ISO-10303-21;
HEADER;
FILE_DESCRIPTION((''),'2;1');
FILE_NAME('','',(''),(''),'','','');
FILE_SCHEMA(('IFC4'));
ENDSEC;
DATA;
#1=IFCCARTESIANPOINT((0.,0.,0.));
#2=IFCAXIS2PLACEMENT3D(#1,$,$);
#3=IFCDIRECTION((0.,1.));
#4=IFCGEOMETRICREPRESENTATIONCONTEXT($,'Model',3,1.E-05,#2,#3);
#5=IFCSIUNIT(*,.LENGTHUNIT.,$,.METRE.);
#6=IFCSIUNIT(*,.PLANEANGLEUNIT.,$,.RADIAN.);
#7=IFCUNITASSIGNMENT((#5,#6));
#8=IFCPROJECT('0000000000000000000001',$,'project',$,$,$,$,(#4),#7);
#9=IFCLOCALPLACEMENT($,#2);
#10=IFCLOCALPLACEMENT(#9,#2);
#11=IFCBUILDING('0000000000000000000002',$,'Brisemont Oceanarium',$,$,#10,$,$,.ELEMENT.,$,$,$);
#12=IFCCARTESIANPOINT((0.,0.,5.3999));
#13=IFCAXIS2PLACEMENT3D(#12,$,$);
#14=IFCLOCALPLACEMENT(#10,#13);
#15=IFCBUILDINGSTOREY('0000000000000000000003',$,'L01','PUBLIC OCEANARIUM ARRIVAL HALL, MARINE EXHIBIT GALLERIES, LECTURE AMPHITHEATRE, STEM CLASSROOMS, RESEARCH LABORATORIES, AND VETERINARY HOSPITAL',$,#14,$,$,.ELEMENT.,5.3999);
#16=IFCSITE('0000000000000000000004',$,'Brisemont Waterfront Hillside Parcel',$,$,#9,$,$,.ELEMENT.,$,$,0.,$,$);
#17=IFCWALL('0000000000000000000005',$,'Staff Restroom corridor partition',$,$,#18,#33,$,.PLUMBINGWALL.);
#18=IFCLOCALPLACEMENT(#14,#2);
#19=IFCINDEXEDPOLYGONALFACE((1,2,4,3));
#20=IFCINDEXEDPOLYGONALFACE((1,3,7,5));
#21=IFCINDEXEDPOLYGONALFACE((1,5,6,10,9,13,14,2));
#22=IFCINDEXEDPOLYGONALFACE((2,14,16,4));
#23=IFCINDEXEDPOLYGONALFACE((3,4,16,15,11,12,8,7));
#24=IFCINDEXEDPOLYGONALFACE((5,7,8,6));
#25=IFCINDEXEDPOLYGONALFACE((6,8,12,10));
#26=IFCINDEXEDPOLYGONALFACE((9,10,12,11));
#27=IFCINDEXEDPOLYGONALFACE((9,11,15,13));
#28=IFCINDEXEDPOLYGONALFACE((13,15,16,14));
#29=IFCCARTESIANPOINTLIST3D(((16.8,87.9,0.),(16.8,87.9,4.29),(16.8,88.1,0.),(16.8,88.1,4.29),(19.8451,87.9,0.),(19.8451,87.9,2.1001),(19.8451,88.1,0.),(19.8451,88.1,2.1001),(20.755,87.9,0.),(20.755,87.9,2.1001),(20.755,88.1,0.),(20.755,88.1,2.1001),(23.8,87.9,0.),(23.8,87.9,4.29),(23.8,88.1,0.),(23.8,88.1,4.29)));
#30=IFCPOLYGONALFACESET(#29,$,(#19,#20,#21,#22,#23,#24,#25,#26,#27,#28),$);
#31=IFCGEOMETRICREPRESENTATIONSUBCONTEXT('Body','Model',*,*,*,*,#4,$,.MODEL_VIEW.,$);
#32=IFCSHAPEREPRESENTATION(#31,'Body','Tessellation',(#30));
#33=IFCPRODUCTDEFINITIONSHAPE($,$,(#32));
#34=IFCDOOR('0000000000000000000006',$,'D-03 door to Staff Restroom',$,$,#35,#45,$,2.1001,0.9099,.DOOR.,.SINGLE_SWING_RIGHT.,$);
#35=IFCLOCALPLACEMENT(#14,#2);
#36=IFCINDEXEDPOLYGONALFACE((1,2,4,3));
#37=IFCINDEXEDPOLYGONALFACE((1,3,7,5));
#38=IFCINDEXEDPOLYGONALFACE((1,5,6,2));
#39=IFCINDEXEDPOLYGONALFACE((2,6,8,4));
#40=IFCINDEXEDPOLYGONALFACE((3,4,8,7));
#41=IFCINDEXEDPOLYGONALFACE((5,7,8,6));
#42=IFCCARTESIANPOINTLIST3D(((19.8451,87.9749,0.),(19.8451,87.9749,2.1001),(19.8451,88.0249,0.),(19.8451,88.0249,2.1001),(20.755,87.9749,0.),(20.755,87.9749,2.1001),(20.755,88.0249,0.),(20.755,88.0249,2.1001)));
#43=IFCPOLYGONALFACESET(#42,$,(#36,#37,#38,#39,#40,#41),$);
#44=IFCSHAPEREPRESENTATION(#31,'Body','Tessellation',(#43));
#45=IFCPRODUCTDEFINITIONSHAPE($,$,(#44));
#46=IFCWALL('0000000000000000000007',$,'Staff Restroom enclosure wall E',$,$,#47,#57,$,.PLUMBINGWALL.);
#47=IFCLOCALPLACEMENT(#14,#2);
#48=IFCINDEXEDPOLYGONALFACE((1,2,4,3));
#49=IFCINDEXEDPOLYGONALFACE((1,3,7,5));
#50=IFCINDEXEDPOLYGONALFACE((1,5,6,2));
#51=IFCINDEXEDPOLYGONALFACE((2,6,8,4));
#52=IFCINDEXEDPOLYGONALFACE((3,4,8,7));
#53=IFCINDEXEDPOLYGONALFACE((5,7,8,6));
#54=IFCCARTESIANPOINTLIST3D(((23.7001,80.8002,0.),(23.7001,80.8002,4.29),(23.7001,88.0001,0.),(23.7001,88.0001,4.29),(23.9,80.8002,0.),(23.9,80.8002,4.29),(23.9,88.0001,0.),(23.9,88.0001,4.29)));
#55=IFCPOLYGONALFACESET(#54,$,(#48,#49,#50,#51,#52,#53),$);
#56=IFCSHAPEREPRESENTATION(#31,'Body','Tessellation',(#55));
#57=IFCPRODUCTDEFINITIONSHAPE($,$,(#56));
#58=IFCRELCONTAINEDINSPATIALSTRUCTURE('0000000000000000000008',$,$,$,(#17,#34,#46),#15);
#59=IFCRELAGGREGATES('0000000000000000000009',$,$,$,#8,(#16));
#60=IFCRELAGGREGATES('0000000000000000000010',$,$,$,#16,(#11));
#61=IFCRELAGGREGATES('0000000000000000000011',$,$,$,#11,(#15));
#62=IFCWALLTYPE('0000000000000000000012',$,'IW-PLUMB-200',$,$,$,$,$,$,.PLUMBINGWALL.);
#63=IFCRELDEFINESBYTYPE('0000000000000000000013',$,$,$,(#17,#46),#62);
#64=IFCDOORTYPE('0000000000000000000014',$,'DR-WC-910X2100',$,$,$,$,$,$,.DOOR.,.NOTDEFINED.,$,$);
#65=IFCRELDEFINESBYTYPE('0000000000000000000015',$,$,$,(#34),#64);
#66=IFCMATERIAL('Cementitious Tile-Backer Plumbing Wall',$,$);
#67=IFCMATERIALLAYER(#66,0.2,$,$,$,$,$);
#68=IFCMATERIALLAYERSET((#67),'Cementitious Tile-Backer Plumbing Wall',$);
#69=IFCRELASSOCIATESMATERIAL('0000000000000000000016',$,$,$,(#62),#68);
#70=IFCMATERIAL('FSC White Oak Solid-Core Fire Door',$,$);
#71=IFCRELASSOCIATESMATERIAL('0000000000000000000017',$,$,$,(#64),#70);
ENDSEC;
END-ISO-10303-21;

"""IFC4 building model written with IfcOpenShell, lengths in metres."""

from ifc_helpers import new_model, si_unit, direction, frame, frame_2d, origin, place, context, subcontext, project, spatial, rectangle, extrude, material, layer, layer_set, type_object, element, fill, save


model = new_model("IFC4")

# Units and contexts
model_context = context("Model", 3, precision=1e-05, world=origin(), true_north=direction((0.0, 1.0)))
body_context = subcontext(model_context, "Body", "Model", "MODEL_VIEW")
ifc_project = project(units=[si_unit("LENGTHUNIT", "METRE"), si_unit("PLANEANGLEUNIT", "RADIAN")], contexts=[model_context])

# Site, building, storey
site_placement = place(None, origin())
site = spatial("IfcSite", under=ifc_project, at=site_placement, Name="Brisemont Waterfront Hillside Parcel", CompositionType="ELEMENT", RefElevation=0.0)
building_placement = place(site_placement, origin())
building = spatial("IfcBuilding", under=site, at=building_placement, Name="Brisemont Oceanarium", CompositionType="ELEMENT")
storey_placement = place(building_placement, frame((0.0, 0.0, 5.3999)))
storey = spatial("IfcBuildingStorey", under=building, at=storey_placement, Name="L01", Description="PUBLIC OCEANARIUM ARRIVAL HALL, MARINE EXHIBIT GALLERIES, LECTURE AMPHITHEATRE, STEM CLASSROOMS, RESEARCH LABORATORIES, AND VETERINARY HOSPITAL", CompositionType="ELEMENT", Elevation=5.3999)

# Wall, opening, door
ifc_material_1 = material(Name="Cementitious Tile-Backer Plumbing Wall")
ifc_layer_1 = layer(ifc_material_1, 0.2)
ifc_layer_set_1 = layer_set([ifc_layer_1], Name="Cementitious Tile-Backer Plumbing Wall")
wall_type_1 = type_object("IfcWallType", Name="IW-PLUMB-200", PredefinedType="PLUMBINGWALL", material=ifc_layer_set_1)
wall_1_placement = place(storey_placement, frame((16.8, 88.0, 0.0), z_axis=(0.0, 0.0, 1.0), x_axis=(1.0, 0.0, 0.0)))
wall_1 = element("IfcWall", 1, at=wall_1_placement, inside=storey, type_object=wall_type_1, Name="Staff Restroom corridor partition", PredefinedType="PLUMBINGWALL", context=body_context, shape_type="SweptSolid", body=[
    extrude(rectangle(XDim=7.0, YDim=0.2, at=frame_2d((3.5, 0.0))), origin(), (0.0, 0.0, 1.0), 4.29),
])
opening_1_placement = place(wall_1_placement, frame((3.0449, 0.0, 0.0)))
opening_1 = element("IfcOpeningElement", 2, at=opening_1_placement, cuts=wall_1, PredefinedType="OPENING", context=body_context, shape_type="SweptSolid", body=[
    extrude(rectangle(XDim=0.9099, YDim=2.1001, at=frame_2d((0.4551, 1.05))), frame((0.0, 0.1099, 0.0), z_axis=(0.0, -1.0, 0.0), x_axis=(1.0, 0.0, 0.0)), (0.0, 0.0, 1.0), 0.22),
])
ifc_material_2 = material(Name="FSC White Oak Solid-Core Fire Door")
door_type_1 = type_object("IfcDoorType", Name="DR-WC-910X2100", OperationType="NOTDEFINED", PredefinedType="DOOR", material=ifc_material_2)
door_1_placement = place(opening_1_placement, origin())
door_1 = element("IfcDoor", 3, at=door_1_placement, inside=storey, type_object=door_type_1, Name="D-03 door to Staff Restroom", OperationType="SINGLE_SWING_RIGHT", OverallHeight=2.1001, OverallWidth=0.9099, PredefinedType="DOOR", context=body_context, shape_type="SweptSolid", body=[
    extrude(rectangle(XDim=0.9099, YDim=2.1001, at=frame_2d((0.4551, 1.05))), frame((0.0, 0.0249, 0.0), z_axis=(0.0, -1.0, 0.0), x_axis=(1.0, 0.0, 0.0)), (0.0, 0.0, 1.0), 0.05),
])
fill(opening_1, door_1)

# Wall
wall_2_placement = place(storey_placement, frame((23.8, 80.8, 0.0), z_axis=(0.0, 0.0, 1.0), x_axis=(0.0, 1.0, 0.0)))
element("IfcWall", 4, at=wall_2_placement, inside=storey, type_object=wall_type_1, Name="Staff Restroom enclosure wall E", PredefinedType="PLUMBINGWALL", context=body_context, shape_type="SweptSolid", body=[
    extrude(rectangle(XDim=7.2, YDim=0.2, at=frame_2d((3.6001, 0.0))), origin(), (0.0, 0.0, 1.0), 4.29),
])

save(model, "model.ifc")
